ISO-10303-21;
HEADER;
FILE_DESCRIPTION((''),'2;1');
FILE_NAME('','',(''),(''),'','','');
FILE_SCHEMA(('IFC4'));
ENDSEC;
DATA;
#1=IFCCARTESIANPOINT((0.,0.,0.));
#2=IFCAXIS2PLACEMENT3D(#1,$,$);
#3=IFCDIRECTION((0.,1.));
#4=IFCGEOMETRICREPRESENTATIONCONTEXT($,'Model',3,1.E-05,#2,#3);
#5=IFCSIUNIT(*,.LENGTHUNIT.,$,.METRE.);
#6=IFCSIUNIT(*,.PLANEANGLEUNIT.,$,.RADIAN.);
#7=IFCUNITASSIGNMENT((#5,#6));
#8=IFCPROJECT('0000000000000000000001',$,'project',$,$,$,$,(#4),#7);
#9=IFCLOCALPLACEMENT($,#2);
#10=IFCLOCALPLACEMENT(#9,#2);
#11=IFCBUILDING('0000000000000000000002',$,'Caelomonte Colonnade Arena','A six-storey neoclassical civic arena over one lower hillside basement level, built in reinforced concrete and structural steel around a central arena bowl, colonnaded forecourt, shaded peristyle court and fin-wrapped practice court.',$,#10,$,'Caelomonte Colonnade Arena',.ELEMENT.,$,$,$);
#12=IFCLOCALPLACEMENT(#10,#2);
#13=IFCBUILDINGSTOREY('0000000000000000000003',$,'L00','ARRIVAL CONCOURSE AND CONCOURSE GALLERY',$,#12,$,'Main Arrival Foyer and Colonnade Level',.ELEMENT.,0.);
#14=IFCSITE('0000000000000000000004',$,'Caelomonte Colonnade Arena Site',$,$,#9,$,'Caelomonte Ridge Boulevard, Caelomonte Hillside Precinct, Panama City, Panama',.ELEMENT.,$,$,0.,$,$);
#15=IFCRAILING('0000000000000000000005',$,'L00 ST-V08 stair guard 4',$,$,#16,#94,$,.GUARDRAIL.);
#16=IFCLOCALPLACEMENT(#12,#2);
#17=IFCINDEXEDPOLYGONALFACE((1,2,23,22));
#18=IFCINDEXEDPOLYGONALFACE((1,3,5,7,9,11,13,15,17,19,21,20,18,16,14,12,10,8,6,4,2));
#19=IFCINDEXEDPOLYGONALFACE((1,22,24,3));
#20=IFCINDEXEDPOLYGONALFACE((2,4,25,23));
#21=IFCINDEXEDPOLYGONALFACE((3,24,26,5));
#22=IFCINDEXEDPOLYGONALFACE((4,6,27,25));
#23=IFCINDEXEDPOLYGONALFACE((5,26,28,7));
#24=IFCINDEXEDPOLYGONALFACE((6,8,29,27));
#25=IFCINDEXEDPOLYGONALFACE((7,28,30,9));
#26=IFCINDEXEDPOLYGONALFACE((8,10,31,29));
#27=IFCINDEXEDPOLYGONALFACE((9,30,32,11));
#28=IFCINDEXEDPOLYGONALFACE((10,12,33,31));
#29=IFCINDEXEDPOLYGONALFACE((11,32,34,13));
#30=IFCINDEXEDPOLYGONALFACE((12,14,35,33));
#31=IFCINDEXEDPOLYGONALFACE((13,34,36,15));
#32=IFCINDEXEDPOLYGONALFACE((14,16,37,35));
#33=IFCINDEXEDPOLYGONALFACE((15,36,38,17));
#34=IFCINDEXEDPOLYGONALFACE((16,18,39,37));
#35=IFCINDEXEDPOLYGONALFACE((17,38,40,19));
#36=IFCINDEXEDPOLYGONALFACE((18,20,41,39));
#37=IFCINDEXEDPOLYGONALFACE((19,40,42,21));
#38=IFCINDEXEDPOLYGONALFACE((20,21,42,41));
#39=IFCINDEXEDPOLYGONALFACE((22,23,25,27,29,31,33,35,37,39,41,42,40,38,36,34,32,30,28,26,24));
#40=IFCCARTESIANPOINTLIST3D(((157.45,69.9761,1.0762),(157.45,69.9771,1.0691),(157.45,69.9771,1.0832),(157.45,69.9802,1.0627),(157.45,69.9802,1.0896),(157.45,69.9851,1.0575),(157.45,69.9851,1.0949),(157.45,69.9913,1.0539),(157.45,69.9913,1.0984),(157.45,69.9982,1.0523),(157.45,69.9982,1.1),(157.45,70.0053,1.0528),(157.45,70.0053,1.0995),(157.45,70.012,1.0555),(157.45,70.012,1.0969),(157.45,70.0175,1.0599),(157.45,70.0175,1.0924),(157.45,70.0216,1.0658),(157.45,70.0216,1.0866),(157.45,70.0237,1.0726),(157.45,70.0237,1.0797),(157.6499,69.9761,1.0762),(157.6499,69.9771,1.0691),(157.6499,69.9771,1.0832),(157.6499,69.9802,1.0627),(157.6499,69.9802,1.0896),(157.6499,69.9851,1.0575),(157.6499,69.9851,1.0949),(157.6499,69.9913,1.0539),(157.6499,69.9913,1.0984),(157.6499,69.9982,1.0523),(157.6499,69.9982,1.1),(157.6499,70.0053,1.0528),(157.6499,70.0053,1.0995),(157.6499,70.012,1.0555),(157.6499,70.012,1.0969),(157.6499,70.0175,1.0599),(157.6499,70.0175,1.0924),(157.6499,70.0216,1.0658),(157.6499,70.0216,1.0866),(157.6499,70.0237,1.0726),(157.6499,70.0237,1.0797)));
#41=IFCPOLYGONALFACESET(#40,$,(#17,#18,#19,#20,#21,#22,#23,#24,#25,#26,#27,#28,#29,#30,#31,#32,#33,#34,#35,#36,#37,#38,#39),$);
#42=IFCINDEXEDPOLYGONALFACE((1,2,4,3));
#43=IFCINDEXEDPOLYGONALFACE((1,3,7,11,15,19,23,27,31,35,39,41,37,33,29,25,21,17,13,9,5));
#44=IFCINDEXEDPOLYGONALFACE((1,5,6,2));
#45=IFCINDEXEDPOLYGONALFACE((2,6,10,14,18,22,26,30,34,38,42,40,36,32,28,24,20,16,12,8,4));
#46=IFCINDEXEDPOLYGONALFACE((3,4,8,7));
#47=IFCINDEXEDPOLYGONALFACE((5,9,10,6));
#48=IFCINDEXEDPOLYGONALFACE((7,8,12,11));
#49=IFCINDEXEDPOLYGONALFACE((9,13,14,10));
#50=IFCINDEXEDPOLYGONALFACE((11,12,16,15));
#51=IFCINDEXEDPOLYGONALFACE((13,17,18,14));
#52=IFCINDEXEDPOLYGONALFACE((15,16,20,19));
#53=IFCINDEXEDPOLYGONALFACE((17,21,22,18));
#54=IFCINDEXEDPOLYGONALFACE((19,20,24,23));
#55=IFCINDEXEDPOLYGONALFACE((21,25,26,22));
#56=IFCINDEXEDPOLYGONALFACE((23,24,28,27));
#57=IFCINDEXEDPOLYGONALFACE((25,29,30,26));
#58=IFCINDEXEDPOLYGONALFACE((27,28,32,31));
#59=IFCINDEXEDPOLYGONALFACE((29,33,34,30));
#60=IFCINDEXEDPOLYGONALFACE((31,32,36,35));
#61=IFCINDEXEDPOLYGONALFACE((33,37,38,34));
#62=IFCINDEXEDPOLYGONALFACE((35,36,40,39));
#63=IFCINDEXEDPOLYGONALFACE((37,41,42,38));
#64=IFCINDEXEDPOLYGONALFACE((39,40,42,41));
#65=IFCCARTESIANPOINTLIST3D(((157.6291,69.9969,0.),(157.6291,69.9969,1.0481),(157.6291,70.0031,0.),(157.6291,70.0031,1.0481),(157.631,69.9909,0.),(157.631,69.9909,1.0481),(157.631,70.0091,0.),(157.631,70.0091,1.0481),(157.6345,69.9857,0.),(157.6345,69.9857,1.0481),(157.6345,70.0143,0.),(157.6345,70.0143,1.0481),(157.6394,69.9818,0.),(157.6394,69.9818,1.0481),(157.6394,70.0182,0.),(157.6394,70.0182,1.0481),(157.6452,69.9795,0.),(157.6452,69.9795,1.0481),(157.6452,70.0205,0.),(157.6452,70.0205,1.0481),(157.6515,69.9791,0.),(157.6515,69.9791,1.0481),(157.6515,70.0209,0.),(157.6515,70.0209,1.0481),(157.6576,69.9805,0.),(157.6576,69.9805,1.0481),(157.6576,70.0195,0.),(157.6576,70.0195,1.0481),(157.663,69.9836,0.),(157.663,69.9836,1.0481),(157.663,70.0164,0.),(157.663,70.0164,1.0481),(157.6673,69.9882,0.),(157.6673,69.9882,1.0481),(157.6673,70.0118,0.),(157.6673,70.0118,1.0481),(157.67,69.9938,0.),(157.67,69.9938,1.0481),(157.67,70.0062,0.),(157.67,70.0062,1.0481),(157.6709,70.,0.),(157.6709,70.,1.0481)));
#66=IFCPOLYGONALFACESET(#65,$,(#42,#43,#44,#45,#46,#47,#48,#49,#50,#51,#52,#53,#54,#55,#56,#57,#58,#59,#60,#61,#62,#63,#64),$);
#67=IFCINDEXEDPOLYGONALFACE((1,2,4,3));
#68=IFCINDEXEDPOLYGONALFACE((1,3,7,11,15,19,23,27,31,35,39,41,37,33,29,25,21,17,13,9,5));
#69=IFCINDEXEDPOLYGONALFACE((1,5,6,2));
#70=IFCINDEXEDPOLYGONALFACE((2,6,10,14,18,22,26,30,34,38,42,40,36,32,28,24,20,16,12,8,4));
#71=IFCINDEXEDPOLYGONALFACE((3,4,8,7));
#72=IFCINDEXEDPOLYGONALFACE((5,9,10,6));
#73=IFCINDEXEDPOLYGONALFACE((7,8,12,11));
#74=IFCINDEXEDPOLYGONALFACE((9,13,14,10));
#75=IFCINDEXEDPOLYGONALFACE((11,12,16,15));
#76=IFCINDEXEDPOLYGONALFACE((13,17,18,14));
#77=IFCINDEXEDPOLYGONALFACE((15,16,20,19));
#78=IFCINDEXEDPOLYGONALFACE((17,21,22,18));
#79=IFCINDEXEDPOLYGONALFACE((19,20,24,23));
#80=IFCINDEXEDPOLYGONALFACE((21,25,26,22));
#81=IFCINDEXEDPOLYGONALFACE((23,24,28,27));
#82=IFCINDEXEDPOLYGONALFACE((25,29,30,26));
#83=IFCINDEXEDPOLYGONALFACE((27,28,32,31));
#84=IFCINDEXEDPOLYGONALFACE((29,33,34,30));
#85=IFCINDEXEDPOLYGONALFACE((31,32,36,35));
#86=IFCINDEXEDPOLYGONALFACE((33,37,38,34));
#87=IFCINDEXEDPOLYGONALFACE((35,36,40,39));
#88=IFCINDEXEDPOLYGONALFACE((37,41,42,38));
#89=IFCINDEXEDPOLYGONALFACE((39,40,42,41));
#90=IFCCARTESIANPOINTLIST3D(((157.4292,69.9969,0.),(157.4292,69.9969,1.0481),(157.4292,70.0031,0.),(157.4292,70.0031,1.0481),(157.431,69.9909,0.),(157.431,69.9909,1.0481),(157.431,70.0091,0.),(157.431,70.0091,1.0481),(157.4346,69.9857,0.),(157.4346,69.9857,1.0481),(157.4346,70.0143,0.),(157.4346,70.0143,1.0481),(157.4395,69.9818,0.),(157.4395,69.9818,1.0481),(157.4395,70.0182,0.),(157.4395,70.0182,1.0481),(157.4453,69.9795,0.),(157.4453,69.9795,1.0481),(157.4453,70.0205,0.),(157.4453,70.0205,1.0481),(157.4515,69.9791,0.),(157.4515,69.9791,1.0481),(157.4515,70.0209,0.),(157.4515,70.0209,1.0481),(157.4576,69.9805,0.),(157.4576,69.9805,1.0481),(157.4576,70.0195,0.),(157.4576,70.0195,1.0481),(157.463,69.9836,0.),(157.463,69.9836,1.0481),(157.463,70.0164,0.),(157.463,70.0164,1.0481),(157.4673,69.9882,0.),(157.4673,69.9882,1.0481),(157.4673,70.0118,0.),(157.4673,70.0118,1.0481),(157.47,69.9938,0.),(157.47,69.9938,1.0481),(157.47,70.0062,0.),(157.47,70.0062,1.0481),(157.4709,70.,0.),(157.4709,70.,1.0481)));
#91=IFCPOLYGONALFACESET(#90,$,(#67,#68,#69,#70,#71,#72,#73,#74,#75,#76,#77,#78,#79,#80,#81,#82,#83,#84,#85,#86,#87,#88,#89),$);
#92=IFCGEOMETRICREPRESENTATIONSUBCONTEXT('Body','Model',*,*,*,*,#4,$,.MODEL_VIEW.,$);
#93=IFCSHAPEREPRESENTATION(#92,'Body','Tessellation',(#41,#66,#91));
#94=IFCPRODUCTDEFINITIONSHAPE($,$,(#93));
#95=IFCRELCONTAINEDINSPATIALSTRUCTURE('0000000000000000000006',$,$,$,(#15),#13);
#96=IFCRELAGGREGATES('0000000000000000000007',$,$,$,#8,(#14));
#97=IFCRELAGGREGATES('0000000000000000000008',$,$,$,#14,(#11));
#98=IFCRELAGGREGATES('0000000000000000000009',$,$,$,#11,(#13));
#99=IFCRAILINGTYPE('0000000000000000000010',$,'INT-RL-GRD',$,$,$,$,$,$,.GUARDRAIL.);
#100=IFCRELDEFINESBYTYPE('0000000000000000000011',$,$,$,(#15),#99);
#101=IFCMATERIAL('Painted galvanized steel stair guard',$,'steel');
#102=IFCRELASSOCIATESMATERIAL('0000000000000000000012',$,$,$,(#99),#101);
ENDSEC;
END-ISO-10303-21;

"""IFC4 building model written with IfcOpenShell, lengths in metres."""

from ifc_helpers import new_model, si_unit, direction, frame, origin, origin_2d, place, context, subcontext, project, spatial, circle, extrude, material, type_object, element, save


model = new_model("IFC4")

# Units and contexts
model_context = context("Model", 3, precision=1e-05, world=origin(), true_north=direction((0.0, 1.0)))
body_context = subcontext(model_context, "Body", "Model", "MODEL_VIEW")
ifc_project = project(units=[si_unit("LENGTHUNIT", "METRE"), si_unit("PLANEANGLEUNIT", "RADIAN")], contexts=[model_context])

# Site, building, storey
site_placement = place(None, origin())
site = spatial("IfcSite", under=ifc_project, at=site_placement, Name="Caelomonte Colonnade Arena Site", LongName="Caelomonte Ridge Boulevard, Caelomonte Hillside Precinct, Panama City, Panama", CompositionType="ELEMENT", RefElevation=0.0)
building_placement = place(site_placement, origin())
building = spatial("IfcBuilding", under=site, at=building_placement, Name="Caelomonte Colonnade Arena", Description="A six-storey neoclassical civic arena over one lower hillside basement level, built in reinforced concrete and structural steel around a central arena bowl, colonnaded forecourt, shaded peristyle court and fin-wrapped practice court.", LongName="Caelomonte Colonnade Arena", CompositionType="ELEMENT")
storey_placement = place(building_placement, origin())
storey = spatial("IfcBuildingStorey", under=building, at=storey_placement, Name="L00", Description="ARRIVAL CONCOURSE AND CONCOURSE GALLERY", LongName="Main Arrival Foyer and Colonnade Level", CompositionType="ELEMENT", Elevation=0.0)

# Railing
ifc_material_1 = material(Name="Painted galvanized steel stair guard", Category="steel")
railing_type_1 = type_object("IfcRailingType", Name="INT-RL-GRD", PredefinedType="GUARDRAIL", material=ifc_material_1)
railing_1_placement = place(storey_placement, frame((157.6499, 70.0, 0.0)))
element("IfcRailing", 1, at=railing_1_placement, inside=storey, type_object=railing_type_1, Name="L00 ST-V08 stair guard 4", PredefinedType="GUARDRAIL", context=body_context, shape_type="SweptSolid", body=[
    extrude(circle(Radius=0.0239, at=origin_2d()), frame((0.0, 0.0, 1.0762), z_axis=(-1.0, 0.0, 0.0), x_axis=(0.0, -1.0, 0.0)), (0.0, 0.0, 1.0), 0.2),
    extrude(circle(Radius=0.021, at=origin_2d()), origin(), (0.0, 0.0, 1.0), 1.0481),
    extrude(circle(Radius=0.021, at=origin_2d()), frame((-0.2, 0.0, 0.0)), (0.0, 0.0, 1.0), 1.0481),
])

save(model, "model.ifc")
